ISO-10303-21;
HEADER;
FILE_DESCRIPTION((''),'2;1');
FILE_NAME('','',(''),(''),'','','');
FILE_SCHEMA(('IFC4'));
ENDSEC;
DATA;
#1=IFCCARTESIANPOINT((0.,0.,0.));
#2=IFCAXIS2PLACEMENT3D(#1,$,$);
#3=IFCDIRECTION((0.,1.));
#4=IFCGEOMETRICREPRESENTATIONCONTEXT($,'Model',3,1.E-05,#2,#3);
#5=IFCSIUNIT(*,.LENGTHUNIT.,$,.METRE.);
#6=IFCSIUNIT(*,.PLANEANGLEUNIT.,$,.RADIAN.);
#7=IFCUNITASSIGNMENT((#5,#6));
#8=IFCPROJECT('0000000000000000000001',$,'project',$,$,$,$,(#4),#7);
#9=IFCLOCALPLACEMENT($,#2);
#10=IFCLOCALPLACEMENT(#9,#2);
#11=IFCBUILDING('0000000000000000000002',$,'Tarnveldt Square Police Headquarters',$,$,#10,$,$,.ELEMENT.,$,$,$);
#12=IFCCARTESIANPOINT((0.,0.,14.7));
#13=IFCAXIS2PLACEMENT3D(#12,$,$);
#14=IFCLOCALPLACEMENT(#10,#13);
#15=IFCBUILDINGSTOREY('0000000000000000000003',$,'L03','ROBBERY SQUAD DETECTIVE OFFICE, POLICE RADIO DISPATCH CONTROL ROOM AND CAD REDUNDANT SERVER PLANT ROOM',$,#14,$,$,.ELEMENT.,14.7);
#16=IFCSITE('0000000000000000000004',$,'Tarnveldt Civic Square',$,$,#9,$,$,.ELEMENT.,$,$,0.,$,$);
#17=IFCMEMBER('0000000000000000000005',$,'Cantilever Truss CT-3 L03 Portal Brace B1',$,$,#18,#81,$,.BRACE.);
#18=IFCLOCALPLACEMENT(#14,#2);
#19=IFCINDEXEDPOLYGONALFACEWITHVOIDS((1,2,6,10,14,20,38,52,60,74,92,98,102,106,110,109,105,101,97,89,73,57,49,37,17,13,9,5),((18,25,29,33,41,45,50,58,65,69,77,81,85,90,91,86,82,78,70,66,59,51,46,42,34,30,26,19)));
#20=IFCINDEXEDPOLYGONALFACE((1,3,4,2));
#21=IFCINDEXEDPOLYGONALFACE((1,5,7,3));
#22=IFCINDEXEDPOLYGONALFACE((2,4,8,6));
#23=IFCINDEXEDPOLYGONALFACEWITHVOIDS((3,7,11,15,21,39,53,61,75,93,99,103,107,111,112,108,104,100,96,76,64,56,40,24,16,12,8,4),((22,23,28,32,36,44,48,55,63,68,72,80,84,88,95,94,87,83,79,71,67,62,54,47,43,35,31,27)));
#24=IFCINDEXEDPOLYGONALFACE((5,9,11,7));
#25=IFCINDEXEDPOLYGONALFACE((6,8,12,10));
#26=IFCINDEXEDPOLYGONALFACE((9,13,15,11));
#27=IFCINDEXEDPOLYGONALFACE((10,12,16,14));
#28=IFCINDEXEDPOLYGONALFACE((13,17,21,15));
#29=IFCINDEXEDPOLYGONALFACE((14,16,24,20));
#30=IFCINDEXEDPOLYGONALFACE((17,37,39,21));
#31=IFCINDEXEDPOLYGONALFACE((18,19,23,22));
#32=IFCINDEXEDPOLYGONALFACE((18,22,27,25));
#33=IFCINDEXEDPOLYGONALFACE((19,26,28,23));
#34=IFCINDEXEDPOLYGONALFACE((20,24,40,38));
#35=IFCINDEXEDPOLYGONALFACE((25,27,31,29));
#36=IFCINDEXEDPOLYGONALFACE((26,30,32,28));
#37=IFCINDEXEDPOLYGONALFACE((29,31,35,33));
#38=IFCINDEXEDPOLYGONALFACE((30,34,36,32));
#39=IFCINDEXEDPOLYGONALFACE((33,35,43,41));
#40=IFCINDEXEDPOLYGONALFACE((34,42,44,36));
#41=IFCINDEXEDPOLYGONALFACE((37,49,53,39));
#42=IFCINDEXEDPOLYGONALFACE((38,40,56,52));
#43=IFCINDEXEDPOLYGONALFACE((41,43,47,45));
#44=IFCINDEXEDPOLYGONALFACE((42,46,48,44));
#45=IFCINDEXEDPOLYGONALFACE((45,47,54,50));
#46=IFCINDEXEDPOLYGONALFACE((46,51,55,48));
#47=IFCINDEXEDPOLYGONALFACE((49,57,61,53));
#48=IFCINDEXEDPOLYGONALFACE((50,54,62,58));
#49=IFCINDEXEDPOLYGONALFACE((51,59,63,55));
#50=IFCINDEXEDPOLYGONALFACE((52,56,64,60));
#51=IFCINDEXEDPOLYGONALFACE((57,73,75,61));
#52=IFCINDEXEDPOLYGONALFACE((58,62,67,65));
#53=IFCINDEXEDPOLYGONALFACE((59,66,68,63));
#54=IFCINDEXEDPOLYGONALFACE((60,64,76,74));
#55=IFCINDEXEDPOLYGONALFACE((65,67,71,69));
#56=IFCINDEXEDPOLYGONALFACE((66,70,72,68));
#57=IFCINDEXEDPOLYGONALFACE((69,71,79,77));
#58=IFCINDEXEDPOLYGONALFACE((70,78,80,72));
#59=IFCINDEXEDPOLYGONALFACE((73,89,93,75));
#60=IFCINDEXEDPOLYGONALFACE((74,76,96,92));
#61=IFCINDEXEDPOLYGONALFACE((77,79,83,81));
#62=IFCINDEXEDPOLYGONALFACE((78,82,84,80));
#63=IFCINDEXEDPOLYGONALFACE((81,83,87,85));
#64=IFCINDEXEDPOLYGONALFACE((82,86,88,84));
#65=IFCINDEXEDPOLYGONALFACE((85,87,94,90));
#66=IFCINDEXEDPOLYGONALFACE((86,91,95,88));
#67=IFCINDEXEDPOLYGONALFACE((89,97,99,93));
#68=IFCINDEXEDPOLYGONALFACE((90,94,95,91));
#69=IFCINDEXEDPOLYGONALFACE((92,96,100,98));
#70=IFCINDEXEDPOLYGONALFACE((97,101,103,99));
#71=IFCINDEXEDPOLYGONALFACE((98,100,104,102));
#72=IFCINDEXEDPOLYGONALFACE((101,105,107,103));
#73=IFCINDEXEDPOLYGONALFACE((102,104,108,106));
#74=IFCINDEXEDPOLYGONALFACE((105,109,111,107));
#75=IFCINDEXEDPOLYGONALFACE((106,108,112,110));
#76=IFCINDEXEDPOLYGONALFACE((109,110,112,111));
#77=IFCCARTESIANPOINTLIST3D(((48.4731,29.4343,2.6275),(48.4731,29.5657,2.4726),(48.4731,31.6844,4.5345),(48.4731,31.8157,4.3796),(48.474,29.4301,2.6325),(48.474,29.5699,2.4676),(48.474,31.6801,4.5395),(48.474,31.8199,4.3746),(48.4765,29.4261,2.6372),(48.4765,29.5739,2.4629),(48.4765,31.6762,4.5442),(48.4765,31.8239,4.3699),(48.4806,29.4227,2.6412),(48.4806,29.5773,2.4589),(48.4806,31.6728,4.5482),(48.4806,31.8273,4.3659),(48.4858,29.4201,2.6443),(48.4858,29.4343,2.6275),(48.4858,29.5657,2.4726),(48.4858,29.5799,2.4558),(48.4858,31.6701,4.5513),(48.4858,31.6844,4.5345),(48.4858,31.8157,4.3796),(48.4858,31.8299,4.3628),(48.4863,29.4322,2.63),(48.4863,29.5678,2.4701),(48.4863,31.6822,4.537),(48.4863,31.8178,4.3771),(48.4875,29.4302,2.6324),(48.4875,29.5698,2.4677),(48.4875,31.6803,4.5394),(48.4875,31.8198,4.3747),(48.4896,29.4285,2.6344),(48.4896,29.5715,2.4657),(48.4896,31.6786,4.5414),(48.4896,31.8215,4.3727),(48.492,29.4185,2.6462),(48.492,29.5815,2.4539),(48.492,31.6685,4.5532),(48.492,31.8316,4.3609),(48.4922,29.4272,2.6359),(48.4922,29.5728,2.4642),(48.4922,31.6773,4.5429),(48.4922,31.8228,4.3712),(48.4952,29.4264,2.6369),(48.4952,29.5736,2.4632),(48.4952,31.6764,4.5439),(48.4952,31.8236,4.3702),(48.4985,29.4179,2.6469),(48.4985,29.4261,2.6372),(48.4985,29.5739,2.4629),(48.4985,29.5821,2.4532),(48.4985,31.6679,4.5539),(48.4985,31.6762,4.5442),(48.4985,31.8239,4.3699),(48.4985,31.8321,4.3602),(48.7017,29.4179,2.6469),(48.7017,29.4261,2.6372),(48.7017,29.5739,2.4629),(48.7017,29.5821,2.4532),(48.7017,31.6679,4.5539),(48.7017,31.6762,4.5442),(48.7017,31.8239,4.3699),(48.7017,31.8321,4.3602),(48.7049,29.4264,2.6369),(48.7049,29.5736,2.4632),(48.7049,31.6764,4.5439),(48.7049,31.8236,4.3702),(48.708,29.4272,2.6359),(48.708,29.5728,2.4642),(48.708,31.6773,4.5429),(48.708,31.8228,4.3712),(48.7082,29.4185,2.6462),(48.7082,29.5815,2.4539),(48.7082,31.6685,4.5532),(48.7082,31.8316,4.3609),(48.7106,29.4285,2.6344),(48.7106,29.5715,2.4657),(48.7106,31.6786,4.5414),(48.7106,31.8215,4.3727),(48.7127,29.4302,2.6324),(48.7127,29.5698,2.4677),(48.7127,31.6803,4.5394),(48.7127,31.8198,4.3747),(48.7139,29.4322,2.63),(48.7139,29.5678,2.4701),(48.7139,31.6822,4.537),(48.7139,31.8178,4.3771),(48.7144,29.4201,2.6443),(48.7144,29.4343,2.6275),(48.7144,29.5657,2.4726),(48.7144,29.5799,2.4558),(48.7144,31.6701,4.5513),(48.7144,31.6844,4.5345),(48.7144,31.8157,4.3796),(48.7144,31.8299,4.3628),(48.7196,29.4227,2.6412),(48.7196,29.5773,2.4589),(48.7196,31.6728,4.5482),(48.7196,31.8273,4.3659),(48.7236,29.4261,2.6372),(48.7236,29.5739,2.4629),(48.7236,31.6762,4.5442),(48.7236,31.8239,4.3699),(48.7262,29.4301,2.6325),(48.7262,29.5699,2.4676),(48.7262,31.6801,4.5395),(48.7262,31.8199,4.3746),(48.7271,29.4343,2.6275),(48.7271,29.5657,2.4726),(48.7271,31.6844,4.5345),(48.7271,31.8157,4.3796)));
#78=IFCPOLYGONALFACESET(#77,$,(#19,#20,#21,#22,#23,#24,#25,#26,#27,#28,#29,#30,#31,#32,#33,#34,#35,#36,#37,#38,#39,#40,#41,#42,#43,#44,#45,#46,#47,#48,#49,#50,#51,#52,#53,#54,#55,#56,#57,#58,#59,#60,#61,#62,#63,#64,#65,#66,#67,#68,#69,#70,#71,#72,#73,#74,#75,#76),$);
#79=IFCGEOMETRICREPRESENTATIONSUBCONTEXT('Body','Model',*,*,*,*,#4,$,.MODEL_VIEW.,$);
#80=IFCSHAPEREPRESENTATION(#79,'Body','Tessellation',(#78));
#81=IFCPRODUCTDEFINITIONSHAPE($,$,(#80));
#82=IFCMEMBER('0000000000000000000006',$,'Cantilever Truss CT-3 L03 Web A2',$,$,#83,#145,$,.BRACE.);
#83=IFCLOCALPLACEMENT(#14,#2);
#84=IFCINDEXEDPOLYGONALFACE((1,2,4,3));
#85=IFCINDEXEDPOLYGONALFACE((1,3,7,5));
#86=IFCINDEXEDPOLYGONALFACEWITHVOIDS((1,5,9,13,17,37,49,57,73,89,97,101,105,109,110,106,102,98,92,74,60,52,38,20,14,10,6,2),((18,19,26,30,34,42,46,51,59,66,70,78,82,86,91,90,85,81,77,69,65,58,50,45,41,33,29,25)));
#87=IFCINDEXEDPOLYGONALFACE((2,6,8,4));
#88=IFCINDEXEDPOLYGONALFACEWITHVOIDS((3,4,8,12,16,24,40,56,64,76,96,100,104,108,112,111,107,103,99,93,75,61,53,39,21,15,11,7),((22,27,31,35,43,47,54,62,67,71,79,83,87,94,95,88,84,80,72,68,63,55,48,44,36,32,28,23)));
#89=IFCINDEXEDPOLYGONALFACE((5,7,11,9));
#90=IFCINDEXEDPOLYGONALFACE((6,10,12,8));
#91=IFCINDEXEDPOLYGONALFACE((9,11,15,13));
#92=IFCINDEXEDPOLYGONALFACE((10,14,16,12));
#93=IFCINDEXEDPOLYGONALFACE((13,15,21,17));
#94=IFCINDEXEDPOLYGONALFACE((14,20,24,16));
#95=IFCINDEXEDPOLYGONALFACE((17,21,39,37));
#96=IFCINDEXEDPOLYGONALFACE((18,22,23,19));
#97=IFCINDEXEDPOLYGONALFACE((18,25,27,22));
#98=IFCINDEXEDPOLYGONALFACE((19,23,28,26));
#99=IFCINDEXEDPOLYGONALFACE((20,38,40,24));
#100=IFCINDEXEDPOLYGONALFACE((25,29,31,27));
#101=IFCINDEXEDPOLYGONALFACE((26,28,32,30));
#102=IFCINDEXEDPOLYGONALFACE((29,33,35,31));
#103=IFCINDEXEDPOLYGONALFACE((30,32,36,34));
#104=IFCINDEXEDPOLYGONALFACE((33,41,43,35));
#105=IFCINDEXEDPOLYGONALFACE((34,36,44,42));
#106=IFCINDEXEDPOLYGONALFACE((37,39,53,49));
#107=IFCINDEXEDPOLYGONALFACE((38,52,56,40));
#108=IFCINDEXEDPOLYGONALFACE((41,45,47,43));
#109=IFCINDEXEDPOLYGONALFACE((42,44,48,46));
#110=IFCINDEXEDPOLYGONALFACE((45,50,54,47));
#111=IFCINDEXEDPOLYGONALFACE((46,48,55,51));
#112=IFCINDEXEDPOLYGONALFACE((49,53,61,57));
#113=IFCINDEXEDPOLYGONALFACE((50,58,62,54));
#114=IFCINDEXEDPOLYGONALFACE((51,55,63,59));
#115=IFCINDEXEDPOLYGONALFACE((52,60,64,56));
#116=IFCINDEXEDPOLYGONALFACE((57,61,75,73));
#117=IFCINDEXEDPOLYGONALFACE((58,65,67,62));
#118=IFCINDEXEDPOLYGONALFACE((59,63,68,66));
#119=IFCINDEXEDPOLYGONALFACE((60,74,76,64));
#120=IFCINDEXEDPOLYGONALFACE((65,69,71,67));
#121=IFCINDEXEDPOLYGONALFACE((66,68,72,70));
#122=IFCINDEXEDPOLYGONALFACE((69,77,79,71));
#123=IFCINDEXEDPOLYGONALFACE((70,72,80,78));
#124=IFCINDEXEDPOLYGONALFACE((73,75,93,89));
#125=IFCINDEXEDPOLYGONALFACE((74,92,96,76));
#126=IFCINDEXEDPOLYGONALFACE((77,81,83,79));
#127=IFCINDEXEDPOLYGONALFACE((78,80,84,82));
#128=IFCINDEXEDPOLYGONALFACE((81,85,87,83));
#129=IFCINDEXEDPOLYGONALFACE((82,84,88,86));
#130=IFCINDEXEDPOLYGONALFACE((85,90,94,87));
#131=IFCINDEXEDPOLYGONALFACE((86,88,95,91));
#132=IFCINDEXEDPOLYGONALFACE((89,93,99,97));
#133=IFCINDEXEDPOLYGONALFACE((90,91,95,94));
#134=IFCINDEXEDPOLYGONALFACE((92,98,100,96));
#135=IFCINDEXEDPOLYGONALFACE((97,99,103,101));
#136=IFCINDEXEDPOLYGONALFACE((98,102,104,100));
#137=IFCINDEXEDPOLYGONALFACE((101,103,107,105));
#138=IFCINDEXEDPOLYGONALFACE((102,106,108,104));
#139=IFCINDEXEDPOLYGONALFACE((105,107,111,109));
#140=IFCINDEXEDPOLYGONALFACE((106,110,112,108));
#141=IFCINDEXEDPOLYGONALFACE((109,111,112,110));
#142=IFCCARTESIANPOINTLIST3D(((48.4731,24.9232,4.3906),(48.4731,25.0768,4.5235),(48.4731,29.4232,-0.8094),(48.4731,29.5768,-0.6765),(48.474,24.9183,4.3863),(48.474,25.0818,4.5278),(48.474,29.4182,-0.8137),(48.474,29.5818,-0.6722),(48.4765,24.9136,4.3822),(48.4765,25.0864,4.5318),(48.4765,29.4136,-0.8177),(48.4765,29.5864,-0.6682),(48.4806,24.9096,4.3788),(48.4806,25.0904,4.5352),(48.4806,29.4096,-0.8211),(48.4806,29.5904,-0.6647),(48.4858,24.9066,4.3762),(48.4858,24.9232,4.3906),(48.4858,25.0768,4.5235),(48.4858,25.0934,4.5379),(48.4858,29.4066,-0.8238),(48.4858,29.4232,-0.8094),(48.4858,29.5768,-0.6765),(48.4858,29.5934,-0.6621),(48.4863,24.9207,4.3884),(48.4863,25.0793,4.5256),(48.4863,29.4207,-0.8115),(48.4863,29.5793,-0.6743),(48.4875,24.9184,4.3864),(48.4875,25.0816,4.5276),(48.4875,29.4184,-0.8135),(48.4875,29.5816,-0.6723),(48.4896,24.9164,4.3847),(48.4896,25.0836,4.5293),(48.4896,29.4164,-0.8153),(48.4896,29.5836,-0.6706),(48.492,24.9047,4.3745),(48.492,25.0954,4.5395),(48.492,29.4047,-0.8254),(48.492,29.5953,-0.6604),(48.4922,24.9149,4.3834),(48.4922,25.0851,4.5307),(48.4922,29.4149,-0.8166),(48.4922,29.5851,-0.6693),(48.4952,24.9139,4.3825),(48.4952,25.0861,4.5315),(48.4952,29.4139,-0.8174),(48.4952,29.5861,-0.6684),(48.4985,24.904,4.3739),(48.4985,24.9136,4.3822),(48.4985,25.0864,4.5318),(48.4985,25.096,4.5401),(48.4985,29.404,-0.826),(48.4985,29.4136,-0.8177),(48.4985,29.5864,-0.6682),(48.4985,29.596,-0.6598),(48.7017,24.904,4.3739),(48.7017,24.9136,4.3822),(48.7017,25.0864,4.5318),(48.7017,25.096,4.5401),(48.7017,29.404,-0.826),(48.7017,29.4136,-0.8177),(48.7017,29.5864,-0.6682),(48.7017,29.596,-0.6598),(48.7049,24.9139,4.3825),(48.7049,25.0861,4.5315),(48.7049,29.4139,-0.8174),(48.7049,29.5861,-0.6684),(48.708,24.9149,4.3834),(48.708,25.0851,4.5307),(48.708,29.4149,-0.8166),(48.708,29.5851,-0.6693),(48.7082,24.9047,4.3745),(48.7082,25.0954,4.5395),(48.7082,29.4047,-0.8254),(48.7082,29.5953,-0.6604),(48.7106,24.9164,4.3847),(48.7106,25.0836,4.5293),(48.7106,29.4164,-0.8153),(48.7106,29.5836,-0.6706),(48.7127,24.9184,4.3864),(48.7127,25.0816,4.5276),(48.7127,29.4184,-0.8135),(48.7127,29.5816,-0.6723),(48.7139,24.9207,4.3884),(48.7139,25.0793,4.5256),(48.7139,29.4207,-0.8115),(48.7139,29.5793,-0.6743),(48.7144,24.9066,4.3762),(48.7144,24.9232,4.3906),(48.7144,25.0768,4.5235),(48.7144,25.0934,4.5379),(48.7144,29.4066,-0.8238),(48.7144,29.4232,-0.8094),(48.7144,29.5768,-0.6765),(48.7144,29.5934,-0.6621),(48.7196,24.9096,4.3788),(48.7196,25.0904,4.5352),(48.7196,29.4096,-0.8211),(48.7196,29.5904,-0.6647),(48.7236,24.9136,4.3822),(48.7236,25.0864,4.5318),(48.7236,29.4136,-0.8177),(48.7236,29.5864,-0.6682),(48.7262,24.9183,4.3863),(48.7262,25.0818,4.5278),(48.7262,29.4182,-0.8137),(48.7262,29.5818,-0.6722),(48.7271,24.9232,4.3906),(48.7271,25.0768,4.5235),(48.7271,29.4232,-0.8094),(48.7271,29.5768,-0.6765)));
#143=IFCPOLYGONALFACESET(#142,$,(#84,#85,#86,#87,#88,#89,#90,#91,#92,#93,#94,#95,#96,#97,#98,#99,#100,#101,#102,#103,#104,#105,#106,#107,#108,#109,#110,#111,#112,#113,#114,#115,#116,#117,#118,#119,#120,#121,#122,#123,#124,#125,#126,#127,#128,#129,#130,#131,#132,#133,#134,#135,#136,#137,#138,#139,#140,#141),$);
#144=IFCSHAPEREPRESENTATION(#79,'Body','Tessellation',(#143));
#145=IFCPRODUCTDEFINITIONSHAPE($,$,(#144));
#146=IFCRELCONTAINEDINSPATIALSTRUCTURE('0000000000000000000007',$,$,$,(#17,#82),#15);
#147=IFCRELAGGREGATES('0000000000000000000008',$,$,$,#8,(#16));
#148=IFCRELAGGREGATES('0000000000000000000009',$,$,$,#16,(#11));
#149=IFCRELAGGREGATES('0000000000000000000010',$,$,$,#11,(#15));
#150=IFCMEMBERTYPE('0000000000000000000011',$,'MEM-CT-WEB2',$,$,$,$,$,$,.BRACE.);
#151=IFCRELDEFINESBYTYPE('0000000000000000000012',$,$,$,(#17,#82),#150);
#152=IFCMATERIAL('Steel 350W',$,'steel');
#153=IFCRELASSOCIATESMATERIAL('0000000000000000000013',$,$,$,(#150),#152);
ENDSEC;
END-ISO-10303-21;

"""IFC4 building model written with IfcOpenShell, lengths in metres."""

from ifc_helpers import new_model, si_unit, direction, frame, origin, origin_2d, place, context, subcontext, project, spatial, hollow_rectangle, extrude, material, material_profile, profile_set, type_object, element, save


model = new_model("IFC4")

# Units and contexts
model_context = context("Model", 3, precision=1e-05, world=origin(), true_north=direction((0.0, 1.0)))
body_context = subcontext(model_context, "Body", "Model", "MODEL_VIEW")
ifc_project = project(units=[si_unit("LENGTHUNIT", "METRE"), si_unit("PLANEANGLEUNIT", "RADIAN")], contexts=[model_context])

# Site, building, storey
site_placement = place(None, origin())
site = spatial("IfcSite", under=ifc_project, at=site_placement, Name="Tarnveldt Civic Square", CompositionType="ELEMENT", RefElevation=0.0)
building_placement = place(site_placement, origin())
building = spatial("IfcBuilding", under=site, at=building_placement, Name="Tarnveldt Square Police Headquarters", CompositionType="ELEMENT")
storey_placement = place(building_placement, frame((0.0, 0.0, 14.7)))
storey = spatial("IfcBuildingStorey", under=building, at=storey_placement, Name="L03", Description="ROBBERY SQUAD DETECTIVE OFFICE, POLICE RADIO DISPATCH CONTROL ROOM AND CAD REDUNDANT SERVER PLANT ROOM", CompositionType="ELEMENT", Elevation=14.7)

# Shared definitions
ifc_material_1 = material(Name="Steel 350W", Category="steel")

# Members
ifc_material_profile_1 = material_profile(ifc_material_1, hollow_rectangle(XDim=0.2539, YDim=0.2539, WallThickness=0.0127, InnerFilletRadius=0.0127, OuterFilletRadius=0.0254, at=origin_2d()), Name="HSS254x254x13")
ifc_profile_set_1 = profile_set([ifc_material_profile_1], Name="Steel 350W")
member_type_1 = type_object("IfcMemberType", Name="MEM-CT-WEB2", PredefinedType="BRACE", material=ifc_profile_set_1)
member_1_placement = place(storey_placement, frame((48.6001, 29.5, 2.55), z_axis=(0.0, 0.762862, 0.646562), x_axis=(-1.0, 0.0, 0.0)))
element("IfcMember", 1, at=member_1_placement, inside=storey, type_object=member_type_1, Name="Cantilever Truss CT-3 L03 Portal Brace B1", PredefinedType="BRACE", context=body_context, shape_type="SweptSolid", body=[
    extrude(hollow_rectangle(XDim=0.2539, YDim=0.2539, WallThickness=0.0127, InnerFilletRadius=0.0127, OuterFilletRadius=0.0254, at=origin_2d()), origin(), (0.0, 0.0, 1.0), 2.9495),
])
member_2_placement = place(storey_placement, frame((48.6001, 29.5, -0.7429), z_axis=(0.0, -0.65438, 0.756166), x_axis=(1.0, 0.0, 0.0)))
element("IfcMember", 2, at=member_2_placement, inside=storey, type_object=member_type_1, Name="Cantilever Truss CT-3 L03 Web A2", PredefinedType="BRACE", context=body_context, shape_type="SweptSolid", body=[
    extrude(hollow_rectangle(XDim=0.2539, YDim=0.2539, WallThickness=0.0127, InnerFilletRadius=0.0127, OuterFilletRadius=0.0254, at=origin_2d()), origin(), (0.0, 0.0, 1.0), 6.8767),
])

save(model, "model.ifc")
